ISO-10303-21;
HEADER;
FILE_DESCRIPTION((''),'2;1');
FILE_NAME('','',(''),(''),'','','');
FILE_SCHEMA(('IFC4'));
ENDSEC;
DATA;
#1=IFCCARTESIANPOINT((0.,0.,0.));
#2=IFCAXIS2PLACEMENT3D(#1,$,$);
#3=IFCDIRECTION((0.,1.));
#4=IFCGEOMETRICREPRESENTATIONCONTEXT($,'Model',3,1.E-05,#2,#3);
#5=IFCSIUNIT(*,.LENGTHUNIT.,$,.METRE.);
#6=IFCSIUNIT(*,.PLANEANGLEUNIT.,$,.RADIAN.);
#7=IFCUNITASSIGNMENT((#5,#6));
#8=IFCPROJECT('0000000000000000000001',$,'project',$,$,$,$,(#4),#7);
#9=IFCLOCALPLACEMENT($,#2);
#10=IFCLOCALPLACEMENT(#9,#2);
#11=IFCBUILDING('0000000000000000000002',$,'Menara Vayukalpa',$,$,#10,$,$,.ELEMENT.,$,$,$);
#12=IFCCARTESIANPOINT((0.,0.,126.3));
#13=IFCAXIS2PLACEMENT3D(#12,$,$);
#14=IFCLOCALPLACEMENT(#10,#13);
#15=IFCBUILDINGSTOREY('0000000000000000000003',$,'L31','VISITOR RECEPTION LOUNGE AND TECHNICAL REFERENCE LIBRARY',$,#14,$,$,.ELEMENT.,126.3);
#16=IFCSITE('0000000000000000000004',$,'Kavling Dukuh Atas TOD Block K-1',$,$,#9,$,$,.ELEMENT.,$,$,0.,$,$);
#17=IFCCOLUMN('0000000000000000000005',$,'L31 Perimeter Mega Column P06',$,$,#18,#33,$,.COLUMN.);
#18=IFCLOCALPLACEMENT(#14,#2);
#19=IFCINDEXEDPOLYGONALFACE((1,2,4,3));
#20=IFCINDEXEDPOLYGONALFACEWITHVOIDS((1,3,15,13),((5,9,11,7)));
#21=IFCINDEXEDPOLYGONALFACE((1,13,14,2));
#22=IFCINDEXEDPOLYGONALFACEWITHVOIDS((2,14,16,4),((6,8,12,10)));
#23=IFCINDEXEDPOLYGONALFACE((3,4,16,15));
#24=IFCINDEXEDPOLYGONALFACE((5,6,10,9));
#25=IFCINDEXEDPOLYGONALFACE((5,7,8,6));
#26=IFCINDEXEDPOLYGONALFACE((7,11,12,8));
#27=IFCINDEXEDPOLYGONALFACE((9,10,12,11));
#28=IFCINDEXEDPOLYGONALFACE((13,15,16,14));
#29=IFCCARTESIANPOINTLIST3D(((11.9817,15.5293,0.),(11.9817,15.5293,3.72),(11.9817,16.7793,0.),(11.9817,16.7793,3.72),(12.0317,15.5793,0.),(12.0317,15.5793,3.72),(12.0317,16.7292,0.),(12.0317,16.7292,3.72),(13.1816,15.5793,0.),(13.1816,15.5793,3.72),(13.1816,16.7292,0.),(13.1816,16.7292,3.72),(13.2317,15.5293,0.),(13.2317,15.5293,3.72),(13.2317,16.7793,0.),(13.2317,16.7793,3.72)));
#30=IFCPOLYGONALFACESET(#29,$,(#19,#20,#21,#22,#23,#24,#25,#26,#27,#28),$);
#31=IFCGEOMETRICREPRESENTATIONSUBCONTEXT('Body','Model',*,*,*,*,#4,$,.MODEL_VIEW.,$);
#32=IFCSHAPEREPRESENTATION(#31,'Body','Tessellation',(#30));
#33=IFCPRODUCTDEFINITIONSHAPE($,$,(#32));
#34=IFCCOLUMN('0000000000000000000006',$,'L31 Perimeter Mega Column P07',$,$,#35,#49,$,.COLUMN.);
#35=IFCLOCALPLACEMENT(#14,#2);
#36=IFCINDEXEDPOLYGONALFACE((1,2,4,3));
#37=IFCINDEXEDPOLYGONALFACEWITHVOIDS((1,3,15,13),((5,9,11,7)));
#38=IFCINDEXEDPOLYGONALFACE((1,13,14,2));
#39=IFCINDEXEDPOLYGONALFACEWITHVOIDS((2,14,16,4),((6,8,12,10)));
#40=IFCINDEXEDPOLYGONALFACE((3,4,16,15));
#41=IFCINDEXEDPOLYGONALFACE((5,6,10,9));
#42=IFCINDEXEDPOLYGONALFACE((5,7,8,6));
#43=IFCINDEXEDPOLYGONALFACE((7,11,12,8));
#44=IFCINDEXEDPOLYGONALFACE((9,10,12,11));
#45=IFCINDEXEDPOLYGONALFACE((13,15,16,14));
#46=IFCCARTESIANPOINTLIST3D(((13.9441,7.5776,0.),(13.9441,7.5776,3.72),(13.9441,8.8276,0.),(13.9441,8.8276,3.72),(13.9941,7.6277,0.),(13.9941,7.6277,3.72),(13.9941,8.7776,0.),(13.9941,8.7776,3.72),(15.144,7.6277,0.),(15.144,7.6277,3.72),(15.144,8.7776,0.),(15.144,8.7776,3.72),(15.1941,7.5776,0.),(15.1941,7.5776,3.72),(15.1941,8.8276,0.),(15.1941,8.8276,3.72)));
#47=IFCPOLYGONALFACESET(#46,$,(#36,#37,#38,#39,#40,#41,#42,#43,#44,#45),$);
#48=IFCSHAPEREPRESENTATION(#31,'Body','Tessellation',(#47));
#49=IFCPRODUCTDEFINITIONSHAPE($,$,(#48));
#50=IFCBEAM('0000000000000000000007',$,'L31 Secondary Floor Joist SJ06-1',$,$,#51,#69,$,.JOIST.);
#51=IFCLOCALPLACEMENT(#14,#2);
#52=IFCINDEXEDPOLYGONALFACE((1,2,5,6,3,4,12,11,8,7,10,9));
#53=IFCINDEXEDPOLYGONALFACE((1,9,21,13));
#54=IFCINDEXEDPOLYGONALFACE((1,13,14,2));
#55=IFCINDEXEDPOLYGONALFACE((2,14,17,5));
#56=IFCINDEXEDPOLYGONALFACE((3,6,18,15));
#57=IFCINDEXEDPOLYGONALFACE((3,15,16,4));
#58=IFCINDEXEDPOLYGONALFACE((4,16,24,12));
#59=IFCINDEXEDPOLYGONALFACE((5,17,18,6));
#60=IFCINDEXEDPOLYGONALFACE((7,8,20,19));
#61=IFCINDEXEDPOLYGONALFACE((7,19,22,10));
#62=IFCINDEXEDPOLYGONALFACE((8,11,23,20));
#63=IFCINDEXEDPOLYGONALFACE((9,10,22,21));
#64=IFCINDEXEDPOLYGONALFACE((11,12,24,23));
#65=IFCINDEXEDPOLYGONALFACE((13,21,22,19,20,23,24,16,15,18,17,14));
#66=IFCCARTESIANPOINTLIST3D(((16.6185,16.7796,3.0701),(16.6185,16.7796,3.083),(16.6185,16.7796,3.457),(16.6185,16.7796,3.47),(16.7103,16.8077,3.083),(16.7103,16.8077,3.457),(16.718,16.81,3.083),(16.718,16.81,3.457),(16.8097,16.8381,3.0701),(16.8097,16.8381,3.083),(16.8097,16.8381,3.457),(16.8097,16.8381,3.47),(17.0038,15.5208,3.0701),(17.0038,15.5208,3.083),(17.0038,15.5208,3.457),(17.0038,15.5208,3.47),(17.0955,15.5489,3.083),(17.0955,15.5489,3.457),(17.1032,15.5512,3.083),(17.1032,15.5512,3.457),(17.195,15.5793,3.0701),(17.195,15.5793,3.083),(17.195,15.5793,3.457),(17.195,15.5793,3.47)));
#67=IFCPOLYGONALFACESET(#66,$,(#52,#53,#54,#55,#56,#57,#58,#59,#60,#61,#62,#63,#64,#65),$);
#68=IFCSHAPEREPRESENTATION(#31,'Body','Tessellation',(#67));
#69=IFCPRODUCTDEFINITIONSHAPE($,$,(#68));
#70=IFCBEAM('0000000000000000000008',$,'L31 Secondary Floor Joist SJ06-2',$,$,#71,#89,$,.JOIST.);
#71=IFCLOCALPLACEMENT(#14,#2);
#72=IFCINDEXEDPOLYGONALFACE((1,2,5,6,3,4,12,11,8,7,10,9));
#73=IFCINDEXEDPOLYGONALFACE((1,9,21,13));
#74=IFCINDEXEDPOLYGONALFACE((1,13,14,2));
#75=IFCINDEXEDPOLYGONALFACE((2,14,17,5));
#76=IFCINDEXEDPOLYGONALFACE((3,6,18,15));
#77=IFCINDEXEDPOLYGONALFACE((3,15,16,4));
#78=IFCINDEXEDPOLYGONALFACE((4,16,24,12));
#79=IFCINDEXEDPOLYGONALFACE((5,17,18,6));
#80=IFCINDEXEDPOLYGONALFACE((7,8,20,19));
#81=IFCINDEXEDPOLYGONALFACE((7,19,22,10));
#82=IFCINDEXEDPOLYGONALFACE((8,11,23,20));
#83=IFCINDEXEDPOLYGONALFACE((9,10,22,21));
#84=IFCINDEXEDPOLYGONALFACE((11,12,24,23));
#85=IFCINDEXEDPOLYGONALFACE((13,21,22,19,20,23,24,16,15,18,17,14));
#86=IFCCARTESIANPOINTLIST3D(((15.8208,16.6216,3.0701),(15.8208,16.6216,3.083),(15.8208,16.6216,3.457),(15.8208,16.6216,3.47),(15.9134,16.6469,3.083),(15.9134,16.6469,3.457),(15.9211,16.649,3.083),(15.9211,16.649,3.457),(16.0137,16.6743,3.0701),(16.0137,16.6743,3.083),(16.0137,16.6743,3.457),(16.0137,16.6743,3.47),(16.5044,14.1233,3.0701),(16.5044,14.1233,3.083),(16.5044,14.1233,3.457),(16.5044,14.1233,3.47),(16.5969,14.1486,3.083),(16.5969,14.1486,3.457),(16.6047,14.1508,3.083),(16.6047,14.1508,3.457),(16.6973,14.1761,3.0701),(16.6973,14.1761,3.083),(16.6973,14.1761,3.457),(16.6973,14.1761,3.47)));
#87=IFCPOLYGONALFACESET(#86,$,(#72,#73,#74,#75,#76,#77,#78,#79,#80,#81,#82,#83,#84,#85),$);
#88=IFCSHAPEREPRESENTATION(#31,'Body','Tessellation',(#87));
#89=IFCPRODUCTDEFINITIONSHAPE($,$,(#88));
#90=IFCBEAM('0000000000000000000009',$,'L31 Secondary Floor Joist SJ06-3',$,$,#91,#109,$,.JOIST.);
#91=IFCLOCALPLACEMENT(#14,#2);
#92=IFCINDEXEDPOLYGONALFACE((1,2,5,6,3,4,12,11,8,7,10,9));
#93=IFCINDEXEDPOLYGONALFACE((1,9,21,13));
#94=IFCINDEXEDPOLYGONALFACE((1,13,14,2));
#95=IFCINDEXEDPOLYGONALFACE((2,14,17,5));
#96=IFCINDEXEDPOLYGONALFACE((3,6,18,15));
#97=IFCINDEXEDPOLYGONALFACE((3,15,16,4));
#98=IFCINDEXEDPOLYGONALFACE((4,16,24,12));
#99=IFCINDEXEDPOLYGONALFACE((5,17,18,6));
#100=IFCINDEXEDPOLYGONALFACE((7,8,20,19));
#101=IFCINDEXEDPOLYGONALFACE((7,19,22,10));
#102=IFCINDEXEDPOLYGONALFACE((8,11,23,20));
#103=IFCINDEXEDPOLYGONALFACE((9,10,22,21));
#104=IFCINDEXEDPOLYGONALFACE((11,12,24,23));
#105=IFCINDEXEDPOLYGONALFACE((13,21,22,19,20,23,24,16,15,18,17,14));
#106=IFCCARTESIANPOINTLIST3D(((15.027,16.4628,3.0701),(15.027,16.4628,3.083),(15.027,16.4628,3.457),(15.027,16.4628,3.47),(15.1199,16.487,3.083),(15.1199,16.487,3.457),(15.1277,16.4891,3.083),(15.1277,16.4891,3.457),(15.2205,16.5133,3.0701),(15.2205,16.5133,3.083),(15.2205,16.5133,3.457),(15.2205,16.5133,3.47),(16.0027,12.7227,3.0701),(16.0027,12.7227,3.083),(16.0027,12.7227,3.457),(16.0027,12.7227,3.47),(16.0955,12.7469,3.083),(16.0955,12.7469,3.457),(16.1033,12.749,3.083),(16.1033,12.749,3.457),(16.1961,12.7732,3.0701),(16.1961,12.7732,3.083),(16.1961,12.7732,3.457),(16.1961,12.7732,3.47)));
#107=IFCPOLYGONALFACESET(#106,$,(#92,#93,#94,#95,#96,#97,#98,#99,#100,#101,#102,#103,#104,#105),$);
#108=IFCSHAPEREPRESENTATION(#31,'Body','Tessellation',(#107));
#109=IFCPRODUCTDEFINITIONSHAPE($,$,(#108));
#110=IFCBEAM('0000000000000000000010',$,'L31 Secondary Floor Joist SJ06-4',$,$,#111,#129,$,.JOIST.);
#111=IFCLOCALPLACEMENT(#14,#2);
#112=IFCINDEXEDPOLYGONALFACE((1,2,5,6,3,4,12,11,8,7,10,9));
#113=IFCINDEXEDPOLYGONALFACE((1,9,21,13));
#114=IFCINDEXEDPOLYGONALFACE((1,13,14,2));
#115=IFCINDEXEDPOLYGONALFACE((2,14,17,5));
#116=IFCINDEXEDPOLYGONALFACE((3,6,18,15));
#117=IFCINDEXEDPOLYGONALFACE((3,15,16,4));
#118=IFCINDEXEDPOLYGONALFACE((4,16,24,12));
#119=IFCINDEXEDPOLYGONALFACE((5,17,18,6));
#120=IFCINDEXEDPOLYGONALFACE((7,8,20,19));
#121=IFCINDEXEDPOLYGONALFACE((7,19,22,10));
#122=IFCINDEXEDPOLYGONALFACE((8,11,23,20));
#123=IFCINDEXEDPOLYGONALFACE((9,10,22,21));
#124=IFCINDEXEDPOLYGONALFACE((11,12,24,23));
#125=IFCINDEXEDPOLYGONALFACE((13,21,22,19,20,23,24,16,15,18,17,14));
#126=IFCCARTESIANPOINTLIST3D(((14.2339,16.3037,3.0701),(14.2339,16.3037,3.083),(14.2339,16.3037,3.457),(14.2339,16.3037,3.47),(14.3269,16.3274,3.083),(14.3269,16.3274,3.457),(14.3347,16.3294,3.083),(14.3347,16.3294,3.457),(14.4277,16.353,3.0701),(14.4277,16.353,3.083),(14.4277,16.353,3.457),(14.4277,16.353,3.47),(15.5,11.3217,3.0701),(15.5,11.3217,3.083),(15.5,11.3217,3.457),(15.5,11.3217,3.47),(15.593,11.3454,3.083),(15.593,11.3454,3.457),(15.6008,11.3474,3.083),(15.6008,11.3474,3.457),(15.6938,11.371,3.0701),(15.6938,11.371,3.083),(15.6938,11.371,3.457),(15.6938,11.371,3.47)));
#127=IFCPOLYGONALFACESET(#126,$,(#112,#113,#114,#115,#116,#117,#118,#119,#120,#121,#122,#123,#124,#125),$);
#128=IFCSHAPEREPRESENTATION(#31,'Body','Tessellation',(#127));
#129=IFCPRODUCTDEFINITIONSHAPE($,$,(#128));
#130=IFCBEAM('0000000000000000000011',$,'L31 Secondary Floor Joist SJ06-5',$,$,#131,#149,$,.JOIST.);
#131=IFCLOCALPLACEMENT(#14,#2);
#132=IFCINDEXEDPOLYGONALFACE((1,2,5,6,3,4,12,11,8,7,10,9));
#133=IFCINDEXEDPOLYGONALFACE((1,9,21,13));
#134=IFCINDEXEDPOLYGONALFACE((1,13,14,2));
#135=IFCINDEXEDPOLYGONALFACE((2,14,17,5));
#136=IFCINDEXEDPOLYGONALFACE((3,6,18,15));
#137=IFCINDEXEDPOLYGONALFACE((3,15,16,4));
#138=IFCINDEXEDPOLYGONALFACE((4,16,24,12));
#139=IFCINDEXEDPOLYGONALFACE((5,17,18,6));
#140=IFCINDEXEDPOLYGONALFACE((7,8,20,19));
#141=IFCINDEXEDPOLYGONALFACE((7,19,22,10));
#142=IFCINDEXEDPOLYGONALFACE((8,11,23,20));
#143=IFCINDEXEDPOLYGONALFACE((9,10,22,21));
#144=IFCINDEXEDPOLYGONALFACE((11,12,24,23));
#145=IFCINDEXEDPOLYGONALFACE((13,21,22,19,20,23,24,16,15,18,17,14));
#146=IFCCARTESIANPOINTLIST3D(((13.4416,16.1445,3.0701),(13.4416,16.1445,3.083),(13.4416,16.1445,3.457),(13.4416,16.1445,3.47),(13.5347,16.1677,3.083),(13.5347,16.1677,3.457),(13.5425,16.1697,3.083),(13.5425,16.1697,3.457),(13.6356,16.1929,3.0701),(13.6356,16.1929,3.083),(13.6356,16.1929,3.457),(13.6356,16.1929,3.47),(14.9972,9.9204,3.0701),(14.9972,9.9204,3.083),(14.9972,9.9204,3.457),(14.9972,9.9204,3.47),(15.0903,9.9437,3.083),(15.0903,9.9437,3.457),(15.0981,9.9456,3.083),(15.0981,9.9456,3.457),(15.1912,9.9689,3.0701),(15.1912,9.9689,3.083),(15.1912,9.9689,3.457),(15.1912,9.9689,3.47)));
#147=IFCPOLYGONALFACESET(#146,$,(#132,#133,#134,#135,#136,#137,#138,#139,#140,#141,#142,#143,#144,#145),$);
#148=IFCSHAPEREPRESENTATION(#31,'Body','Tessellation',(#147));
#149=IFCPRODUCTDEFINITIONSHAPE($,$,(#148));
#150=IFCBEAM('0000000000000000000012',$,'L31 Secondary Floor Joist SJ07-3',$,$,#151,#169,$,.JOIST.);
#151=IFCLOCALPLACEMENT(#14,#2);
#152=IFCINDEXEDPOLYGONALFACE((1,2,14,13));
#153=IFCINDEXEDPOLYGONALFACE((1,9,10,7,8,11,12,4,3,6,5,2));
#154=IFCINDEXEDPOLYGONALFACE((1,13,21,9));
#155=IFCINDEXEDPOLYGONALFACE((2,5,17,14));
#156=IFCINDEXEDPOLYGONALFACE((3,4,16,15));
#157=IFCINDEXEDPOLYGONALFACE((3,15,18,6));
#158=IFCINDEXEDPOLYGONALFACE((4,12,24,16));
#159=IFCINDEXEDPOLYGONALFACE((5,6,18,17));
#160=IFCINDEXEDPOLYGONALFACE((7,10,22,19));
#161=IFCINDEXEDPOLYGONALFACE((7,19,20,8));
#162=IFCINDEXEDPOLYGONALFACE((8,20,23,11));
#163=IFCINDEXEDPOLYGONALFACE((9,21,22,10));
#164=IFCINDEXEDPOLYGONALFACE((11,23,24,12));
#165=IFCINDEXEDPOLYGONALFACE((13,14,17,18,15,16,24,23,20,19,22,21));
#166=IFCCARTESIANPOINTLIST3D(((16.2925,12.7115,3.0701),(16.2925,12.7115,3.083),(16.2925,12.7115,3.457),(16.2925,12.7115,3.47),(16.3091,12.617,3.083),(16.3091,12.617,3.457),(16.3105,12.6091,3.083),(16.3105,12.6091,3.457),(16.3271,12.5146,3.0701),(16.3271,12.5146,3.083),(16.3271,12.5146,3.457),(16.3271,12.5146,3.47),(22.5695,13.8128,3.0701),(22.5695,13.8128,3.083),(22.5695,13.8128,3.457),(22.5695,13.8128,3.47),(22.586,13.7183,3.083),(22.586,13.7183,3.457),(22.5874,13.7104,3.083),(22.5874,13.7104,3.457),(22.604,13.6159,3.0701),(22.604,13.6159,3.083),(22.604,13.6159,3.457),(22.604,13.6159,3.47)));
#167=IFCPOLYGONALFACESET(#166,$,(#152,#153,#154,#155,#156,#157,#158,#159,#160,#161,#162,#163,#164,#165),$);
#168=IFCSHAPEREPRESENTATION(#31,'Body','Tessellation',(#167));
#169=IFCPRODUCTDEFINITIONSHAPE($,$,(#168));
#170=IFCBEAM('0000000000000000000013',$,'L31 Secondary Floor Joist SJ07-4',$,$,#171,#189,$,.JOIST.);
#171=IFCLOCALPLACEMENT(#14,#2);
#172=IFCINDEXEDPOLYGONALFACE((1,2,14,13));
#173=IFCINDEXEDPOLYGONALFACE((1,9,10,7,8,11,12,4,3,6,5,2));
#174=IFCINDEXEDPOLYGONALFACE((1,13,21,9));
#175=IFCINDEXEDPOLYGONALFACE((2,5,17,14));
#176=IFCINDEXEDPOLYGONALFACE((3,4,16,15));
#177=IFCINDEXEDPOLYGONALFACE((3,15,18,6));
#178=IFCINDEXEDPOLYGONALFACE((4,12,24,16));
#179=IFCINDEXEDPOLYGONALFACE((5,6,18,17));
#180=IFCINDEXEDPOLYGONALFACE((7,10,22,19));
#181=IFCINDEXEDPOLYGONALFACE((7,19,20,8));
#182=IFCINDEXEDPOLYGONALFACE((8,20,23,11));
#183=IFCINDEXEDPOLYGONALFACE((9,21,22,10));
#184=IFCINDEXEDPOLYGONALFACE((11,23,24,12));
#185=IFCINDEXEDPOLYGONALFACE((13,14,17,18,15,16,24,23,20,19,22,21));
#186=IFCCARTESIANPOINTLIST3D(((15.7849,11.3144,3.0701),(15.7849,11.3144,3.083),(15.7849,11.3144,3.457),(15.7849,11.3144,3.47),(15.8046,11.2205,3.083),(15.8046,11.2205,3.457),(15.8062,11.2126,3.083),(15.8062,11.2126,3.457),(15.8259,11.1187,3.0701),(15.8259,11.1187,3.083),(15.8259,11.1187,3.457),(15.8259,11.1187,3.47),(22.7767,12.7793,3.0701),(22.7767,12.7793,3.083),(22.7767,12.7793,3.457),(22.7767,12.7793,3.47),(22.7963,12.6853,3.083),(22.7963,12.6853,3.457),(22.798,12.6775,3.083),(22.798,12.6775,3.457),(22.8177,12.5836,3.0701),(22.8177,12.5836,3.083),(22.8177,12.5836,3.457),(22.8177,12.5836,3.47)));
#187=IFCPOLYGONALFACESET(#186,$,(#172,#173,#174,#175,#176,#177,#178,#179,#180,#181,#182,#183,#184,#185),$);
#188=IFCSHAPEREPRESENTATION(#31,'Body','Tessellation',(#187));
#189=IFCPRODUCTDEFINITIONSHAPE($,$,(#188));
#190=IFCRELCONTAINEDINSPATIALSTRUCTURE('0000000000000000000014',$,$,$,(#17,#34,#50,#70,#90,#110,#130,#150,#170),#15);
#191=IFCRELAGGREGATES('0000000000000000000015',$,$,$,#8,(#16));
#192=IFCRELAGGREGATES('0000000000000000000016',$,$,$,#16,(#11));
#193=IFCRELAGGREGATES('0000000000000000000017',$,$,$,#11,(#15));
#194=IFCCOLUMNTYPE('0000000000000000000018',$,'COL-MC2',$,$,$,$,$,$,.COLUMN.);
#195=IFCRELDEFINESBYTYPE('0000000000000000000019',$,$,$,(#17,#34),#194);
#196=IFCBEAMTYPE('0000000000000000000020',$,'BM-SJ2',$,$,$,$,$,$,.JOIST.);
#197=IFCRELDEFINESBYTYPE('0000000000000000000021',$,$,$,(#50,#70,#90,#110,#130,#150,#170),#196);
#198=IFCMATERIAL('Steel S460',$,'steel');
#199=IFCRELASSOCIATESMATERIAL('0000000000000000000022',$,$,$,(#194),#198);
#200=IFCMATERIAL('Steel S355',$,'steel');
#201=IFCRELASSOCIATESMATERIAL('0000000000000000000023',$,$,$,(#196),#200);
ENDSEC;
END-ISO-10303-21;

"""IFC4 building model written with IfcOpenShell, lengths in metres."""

from ifc_helpers import new_model, si_unit, direction, frame, origin, origin_2d, place, context, subcontext, project, spatial, hollow_rectangle, i_section, extrude, material, material_profile, profile_set, type_object, element, save


model = new_model("IFC4")

# Units and contexts
model_context = context("Model", 3, precision=1e-05, world=origin(), true_north=direction((0.0, 1.0)))
body_context = subcontext(model_context, "Body", "Model", "MODEL_VIEW")
ifc_project = project(units=[si_unit("LENGTHUNIT", "METRE"), si_unit("PLANEANGLEUNIT", "RADIAN")], contexts=[model_context])

# Site, building, storey
site_placement = place(None, origin())
site = spatial("IfcSite", under=ifc_project, at=site_placement, Name="Kavling Dukuh Atas TOD Block K-1", CompositionType="ELEMENT", RefElevation=0.0)
building_placement = place(site_placement, origin())
building = spatial("IfcBuilding", under=site, at=building_placement, Name="Menara Vayukalpa", CompositionType="ELEMENT")
storey_placement = place(building_placement, frame((0.0, 0.0, 126.3)))
storey = spatial("IfcBuildingStorey", under=building, at=storey_placement, Name="L31", Description="VISITOR RECEPTION LOUNGE AND TECHNICAL REFERENCE LIBRARY", CompositionType="ELEMENT", Elevation=126.3)

# Columns
ifc_material_1 = material(Name="Steel S460", Category="steel")
ifc_material_profile_1 = material_profile(ifc_material_1, hollow_rectangle(XDim=1.25, YDim=1.25, WallThickness=0.05, at=origin_2d()), Name="BOX 1250x1250x50")
ifc_profile_set_1 = profile_set([ifc_material_profile_1], Name="Steel S460")
column_type = type_object("IfcColumnType", Name="COL-MC2", PredefinedType="COLUMN", material=ifc_profile_set_1)
for number, where, z_axis, x_axis, name in (
    (1, (12.6067, 16.1543, 0.0), (0.0, 0.0, 1.0), (1.0, 0.0, 0.0), "L31 Perimeter Mega Column P06"),
    (2, (14.5691, 8.2026, 0.0), (0.0, 0.0, 1.0), (1.0, 0.0, 0.0), "L31 Perimeter Mega Column P07"),
):
    element("IfcColumn", number, at=place(storey_placement, frame(where, z_axis=z_axis, x_axis=x_axis)), inside=storey, type_object=column_type, Name=name, PredefinedType="COLUMN", context=body_context, shape_type="SweptSolid", body=[
        extrude(hollow_rectangle(XDim=1.25, YDim=1.25, WallThickness=0.05, at=origin_2d()), origin(), (0.0, 0.0, 1.0), 3.72),
    ])

# Beams
ifc_material_2 = material(Name="Steel S355", Category="steel")
ifc_material_profile_2 = material_profile(ifc_material_2, i_section(OverallWidth=0.2, OverallDepth=0.3999, WebThickness=0.0081, FlangeThickness=0.0129, at=origin_2d()), Name="WF 400x200x8x13")
ifc_profile_set_2 = profile_set([ifc_material_profile_2], Name="Steel S355")
beam_type_1 = type_object("IfcBeamType", Name="BM-SJ2", PredefinedType="JOIST", material=ifc_profile_set_2)
beam_1_placement = place(storey_placement, frame((16.7141, 16.8088, 3.27), z_axis=(0.292652, -0.956219, 0.0), x_axis=(0.956219, 0.292652, 0.0)))
element("IfcBeam", 3, at=beam_1_placement, inside=storey, type_object=beam_type_1, Name="L31 Secondary Floor Joist SJ06-1", PredefinedType="JOIST", context=body_context, shape_type="SweptSolid", body=[
    extrude(i_section(OverallWidth=0.2, OverallDepth=0.3999, WebThickness=0.0081, FlangeThickness=0.0129, at=origin_2d()), origin(), (0.0, 0.0, 1.0), 1.3164),
])
beam_2_placement = place(storey_placement, frame((15.9172, 16.6479, 3.27), z_axis=(0.263923, -0.964544, 0.0), x_axis=(0.964544, 0.263923, 0.0)))
element("IfcBeam", 4, at=beam_2_placement, inside=storey, type_object=beam_type_1, Name="L31 Secondary Floor Joist SJ06-2", PredefinedType="JOIST", context=body_context, shape_type="SweptSolid", body=[
    extrude(i_section(OverallWidth=0.2, OverallDepth=0.3999, WebThickness=0.0081, FlangeThickness=0.0129, at=origin_2d()), origin(), (0.0, 0.0, 1.0), 2.5901),
])
beam_3_placement = place(storey_placement, frame((15.1238, 16.488, 3.27), z_axis=(0.252406, -0.967621, 0.0), x_axis=(0.967621, 0.252406, 0.0)))
element("IfcBeam", 5, at=beam_3_placement, inside=storey, type_object=beam_type_1, Name="L31 Secondary Floor Joist SJ06-3", PredefinedType="JOIST", context=body_context, shape_type="SweptSolid", body=[
    extrude(i_section(OverallWidth=0.2, OverallDepth=0.3999, WebThickness=0.0081, FlangeThickness=0.0129, at=origin_2d()), origin(), (0.0, 0.0, 1.0), 3.8652),
])
beam_4_placement = place(storey_placement, frame((14.3308, 16.3284, 3.27), z_axis=(0.246311, -0.969191, 0.0), x_axis=(0.969191, 0.246311, 0.0)))
element("IfcBeam", 6, at=beam_4_placement, inside=storey, type_object=beam_type_1, Name="L31 Secondary Floor Joist SJ06-4", PredefinedType="JOIST", context=body_context, shape_type="SweptSolid", body=[
    extrude(i_section(OverallWidth=0.2, OverallDepth=0.3999, WebThickness=0.0081, FlangeThickness=0.0129, at=origin_2d()), origin(), (0.0, 0.0, 1.0), 5.1404),
])
beam_5_placement = place(storey_placement, frame((13.5386, 16.1687, 3.27), z_axis=(0.242482, -0.970156, 0.0), x_axis=(0.970156, 0.242482, 0.0)))
element("IfcBeam", 7, at=beam_5_placement, inside=storey, type_object=beam_type_1, Name="L31 Secondary Floor Joist SJ06-5", PredefinedType="JOIST", context=body_context, shape_type="SweptSolid", body=[
    extrude(i_section(OverallWidth=0.2, OverallDepth=0.3999, WebThickness=0.0081, FlangeThickness=0.0129, at=origin_2d()), origin(), (0.0, 0.0, 1.0), 6.4155),
])
beam_6_placement = place(storey_placement, frame((16.3098, 12.613, 3.27), z_axis=(0.984954, 0.172817, 0.0), x_axis=(-0.172817, 0.984954, 0.0)))
element("IfcBeam", 8, at=beam_6_placement, inside=storey, type_object=beam_type_1, Name="L31 Secondary Floor Joist SJ07-3", PredefinedType="JOIST", context=body_context, shape_type="SweptSolid", body=[
    extrude(i_section(OverallWidth=0.2, OverallDepth=0.3999, WebThickness=0.0081, FlangeThickness=0.0129, at=origin_2d()), origin(), (0.0, 0.0, 1.0), 6.3728),
])
beam_7_placement = place(storey_placement, frame((15.8054, 11.2166, 3.27), z_axis=(0.978749, 0.20506, 0.0), x_axis=(-0.20506, 0.978749, 0.0)))
element("IfcBeam", 9, at=beam_7_placement, inside=storey, type_object=beam_type_1, Name="L31 Secondary Floor Joist SJ07-4", PredefinedType="JOIST", context=body_context, shape_type="SweptSolid", body=[
    extrude(i_section(OverallWidth=0.2, OverallDepth=0.3999, WebThickness=0.0081, FlangeThickness=0.0129, at=origin_2d()), origin(), (0.0, 0.0, 1.0), 7.1436),
])

save(model, "model.ifc")
